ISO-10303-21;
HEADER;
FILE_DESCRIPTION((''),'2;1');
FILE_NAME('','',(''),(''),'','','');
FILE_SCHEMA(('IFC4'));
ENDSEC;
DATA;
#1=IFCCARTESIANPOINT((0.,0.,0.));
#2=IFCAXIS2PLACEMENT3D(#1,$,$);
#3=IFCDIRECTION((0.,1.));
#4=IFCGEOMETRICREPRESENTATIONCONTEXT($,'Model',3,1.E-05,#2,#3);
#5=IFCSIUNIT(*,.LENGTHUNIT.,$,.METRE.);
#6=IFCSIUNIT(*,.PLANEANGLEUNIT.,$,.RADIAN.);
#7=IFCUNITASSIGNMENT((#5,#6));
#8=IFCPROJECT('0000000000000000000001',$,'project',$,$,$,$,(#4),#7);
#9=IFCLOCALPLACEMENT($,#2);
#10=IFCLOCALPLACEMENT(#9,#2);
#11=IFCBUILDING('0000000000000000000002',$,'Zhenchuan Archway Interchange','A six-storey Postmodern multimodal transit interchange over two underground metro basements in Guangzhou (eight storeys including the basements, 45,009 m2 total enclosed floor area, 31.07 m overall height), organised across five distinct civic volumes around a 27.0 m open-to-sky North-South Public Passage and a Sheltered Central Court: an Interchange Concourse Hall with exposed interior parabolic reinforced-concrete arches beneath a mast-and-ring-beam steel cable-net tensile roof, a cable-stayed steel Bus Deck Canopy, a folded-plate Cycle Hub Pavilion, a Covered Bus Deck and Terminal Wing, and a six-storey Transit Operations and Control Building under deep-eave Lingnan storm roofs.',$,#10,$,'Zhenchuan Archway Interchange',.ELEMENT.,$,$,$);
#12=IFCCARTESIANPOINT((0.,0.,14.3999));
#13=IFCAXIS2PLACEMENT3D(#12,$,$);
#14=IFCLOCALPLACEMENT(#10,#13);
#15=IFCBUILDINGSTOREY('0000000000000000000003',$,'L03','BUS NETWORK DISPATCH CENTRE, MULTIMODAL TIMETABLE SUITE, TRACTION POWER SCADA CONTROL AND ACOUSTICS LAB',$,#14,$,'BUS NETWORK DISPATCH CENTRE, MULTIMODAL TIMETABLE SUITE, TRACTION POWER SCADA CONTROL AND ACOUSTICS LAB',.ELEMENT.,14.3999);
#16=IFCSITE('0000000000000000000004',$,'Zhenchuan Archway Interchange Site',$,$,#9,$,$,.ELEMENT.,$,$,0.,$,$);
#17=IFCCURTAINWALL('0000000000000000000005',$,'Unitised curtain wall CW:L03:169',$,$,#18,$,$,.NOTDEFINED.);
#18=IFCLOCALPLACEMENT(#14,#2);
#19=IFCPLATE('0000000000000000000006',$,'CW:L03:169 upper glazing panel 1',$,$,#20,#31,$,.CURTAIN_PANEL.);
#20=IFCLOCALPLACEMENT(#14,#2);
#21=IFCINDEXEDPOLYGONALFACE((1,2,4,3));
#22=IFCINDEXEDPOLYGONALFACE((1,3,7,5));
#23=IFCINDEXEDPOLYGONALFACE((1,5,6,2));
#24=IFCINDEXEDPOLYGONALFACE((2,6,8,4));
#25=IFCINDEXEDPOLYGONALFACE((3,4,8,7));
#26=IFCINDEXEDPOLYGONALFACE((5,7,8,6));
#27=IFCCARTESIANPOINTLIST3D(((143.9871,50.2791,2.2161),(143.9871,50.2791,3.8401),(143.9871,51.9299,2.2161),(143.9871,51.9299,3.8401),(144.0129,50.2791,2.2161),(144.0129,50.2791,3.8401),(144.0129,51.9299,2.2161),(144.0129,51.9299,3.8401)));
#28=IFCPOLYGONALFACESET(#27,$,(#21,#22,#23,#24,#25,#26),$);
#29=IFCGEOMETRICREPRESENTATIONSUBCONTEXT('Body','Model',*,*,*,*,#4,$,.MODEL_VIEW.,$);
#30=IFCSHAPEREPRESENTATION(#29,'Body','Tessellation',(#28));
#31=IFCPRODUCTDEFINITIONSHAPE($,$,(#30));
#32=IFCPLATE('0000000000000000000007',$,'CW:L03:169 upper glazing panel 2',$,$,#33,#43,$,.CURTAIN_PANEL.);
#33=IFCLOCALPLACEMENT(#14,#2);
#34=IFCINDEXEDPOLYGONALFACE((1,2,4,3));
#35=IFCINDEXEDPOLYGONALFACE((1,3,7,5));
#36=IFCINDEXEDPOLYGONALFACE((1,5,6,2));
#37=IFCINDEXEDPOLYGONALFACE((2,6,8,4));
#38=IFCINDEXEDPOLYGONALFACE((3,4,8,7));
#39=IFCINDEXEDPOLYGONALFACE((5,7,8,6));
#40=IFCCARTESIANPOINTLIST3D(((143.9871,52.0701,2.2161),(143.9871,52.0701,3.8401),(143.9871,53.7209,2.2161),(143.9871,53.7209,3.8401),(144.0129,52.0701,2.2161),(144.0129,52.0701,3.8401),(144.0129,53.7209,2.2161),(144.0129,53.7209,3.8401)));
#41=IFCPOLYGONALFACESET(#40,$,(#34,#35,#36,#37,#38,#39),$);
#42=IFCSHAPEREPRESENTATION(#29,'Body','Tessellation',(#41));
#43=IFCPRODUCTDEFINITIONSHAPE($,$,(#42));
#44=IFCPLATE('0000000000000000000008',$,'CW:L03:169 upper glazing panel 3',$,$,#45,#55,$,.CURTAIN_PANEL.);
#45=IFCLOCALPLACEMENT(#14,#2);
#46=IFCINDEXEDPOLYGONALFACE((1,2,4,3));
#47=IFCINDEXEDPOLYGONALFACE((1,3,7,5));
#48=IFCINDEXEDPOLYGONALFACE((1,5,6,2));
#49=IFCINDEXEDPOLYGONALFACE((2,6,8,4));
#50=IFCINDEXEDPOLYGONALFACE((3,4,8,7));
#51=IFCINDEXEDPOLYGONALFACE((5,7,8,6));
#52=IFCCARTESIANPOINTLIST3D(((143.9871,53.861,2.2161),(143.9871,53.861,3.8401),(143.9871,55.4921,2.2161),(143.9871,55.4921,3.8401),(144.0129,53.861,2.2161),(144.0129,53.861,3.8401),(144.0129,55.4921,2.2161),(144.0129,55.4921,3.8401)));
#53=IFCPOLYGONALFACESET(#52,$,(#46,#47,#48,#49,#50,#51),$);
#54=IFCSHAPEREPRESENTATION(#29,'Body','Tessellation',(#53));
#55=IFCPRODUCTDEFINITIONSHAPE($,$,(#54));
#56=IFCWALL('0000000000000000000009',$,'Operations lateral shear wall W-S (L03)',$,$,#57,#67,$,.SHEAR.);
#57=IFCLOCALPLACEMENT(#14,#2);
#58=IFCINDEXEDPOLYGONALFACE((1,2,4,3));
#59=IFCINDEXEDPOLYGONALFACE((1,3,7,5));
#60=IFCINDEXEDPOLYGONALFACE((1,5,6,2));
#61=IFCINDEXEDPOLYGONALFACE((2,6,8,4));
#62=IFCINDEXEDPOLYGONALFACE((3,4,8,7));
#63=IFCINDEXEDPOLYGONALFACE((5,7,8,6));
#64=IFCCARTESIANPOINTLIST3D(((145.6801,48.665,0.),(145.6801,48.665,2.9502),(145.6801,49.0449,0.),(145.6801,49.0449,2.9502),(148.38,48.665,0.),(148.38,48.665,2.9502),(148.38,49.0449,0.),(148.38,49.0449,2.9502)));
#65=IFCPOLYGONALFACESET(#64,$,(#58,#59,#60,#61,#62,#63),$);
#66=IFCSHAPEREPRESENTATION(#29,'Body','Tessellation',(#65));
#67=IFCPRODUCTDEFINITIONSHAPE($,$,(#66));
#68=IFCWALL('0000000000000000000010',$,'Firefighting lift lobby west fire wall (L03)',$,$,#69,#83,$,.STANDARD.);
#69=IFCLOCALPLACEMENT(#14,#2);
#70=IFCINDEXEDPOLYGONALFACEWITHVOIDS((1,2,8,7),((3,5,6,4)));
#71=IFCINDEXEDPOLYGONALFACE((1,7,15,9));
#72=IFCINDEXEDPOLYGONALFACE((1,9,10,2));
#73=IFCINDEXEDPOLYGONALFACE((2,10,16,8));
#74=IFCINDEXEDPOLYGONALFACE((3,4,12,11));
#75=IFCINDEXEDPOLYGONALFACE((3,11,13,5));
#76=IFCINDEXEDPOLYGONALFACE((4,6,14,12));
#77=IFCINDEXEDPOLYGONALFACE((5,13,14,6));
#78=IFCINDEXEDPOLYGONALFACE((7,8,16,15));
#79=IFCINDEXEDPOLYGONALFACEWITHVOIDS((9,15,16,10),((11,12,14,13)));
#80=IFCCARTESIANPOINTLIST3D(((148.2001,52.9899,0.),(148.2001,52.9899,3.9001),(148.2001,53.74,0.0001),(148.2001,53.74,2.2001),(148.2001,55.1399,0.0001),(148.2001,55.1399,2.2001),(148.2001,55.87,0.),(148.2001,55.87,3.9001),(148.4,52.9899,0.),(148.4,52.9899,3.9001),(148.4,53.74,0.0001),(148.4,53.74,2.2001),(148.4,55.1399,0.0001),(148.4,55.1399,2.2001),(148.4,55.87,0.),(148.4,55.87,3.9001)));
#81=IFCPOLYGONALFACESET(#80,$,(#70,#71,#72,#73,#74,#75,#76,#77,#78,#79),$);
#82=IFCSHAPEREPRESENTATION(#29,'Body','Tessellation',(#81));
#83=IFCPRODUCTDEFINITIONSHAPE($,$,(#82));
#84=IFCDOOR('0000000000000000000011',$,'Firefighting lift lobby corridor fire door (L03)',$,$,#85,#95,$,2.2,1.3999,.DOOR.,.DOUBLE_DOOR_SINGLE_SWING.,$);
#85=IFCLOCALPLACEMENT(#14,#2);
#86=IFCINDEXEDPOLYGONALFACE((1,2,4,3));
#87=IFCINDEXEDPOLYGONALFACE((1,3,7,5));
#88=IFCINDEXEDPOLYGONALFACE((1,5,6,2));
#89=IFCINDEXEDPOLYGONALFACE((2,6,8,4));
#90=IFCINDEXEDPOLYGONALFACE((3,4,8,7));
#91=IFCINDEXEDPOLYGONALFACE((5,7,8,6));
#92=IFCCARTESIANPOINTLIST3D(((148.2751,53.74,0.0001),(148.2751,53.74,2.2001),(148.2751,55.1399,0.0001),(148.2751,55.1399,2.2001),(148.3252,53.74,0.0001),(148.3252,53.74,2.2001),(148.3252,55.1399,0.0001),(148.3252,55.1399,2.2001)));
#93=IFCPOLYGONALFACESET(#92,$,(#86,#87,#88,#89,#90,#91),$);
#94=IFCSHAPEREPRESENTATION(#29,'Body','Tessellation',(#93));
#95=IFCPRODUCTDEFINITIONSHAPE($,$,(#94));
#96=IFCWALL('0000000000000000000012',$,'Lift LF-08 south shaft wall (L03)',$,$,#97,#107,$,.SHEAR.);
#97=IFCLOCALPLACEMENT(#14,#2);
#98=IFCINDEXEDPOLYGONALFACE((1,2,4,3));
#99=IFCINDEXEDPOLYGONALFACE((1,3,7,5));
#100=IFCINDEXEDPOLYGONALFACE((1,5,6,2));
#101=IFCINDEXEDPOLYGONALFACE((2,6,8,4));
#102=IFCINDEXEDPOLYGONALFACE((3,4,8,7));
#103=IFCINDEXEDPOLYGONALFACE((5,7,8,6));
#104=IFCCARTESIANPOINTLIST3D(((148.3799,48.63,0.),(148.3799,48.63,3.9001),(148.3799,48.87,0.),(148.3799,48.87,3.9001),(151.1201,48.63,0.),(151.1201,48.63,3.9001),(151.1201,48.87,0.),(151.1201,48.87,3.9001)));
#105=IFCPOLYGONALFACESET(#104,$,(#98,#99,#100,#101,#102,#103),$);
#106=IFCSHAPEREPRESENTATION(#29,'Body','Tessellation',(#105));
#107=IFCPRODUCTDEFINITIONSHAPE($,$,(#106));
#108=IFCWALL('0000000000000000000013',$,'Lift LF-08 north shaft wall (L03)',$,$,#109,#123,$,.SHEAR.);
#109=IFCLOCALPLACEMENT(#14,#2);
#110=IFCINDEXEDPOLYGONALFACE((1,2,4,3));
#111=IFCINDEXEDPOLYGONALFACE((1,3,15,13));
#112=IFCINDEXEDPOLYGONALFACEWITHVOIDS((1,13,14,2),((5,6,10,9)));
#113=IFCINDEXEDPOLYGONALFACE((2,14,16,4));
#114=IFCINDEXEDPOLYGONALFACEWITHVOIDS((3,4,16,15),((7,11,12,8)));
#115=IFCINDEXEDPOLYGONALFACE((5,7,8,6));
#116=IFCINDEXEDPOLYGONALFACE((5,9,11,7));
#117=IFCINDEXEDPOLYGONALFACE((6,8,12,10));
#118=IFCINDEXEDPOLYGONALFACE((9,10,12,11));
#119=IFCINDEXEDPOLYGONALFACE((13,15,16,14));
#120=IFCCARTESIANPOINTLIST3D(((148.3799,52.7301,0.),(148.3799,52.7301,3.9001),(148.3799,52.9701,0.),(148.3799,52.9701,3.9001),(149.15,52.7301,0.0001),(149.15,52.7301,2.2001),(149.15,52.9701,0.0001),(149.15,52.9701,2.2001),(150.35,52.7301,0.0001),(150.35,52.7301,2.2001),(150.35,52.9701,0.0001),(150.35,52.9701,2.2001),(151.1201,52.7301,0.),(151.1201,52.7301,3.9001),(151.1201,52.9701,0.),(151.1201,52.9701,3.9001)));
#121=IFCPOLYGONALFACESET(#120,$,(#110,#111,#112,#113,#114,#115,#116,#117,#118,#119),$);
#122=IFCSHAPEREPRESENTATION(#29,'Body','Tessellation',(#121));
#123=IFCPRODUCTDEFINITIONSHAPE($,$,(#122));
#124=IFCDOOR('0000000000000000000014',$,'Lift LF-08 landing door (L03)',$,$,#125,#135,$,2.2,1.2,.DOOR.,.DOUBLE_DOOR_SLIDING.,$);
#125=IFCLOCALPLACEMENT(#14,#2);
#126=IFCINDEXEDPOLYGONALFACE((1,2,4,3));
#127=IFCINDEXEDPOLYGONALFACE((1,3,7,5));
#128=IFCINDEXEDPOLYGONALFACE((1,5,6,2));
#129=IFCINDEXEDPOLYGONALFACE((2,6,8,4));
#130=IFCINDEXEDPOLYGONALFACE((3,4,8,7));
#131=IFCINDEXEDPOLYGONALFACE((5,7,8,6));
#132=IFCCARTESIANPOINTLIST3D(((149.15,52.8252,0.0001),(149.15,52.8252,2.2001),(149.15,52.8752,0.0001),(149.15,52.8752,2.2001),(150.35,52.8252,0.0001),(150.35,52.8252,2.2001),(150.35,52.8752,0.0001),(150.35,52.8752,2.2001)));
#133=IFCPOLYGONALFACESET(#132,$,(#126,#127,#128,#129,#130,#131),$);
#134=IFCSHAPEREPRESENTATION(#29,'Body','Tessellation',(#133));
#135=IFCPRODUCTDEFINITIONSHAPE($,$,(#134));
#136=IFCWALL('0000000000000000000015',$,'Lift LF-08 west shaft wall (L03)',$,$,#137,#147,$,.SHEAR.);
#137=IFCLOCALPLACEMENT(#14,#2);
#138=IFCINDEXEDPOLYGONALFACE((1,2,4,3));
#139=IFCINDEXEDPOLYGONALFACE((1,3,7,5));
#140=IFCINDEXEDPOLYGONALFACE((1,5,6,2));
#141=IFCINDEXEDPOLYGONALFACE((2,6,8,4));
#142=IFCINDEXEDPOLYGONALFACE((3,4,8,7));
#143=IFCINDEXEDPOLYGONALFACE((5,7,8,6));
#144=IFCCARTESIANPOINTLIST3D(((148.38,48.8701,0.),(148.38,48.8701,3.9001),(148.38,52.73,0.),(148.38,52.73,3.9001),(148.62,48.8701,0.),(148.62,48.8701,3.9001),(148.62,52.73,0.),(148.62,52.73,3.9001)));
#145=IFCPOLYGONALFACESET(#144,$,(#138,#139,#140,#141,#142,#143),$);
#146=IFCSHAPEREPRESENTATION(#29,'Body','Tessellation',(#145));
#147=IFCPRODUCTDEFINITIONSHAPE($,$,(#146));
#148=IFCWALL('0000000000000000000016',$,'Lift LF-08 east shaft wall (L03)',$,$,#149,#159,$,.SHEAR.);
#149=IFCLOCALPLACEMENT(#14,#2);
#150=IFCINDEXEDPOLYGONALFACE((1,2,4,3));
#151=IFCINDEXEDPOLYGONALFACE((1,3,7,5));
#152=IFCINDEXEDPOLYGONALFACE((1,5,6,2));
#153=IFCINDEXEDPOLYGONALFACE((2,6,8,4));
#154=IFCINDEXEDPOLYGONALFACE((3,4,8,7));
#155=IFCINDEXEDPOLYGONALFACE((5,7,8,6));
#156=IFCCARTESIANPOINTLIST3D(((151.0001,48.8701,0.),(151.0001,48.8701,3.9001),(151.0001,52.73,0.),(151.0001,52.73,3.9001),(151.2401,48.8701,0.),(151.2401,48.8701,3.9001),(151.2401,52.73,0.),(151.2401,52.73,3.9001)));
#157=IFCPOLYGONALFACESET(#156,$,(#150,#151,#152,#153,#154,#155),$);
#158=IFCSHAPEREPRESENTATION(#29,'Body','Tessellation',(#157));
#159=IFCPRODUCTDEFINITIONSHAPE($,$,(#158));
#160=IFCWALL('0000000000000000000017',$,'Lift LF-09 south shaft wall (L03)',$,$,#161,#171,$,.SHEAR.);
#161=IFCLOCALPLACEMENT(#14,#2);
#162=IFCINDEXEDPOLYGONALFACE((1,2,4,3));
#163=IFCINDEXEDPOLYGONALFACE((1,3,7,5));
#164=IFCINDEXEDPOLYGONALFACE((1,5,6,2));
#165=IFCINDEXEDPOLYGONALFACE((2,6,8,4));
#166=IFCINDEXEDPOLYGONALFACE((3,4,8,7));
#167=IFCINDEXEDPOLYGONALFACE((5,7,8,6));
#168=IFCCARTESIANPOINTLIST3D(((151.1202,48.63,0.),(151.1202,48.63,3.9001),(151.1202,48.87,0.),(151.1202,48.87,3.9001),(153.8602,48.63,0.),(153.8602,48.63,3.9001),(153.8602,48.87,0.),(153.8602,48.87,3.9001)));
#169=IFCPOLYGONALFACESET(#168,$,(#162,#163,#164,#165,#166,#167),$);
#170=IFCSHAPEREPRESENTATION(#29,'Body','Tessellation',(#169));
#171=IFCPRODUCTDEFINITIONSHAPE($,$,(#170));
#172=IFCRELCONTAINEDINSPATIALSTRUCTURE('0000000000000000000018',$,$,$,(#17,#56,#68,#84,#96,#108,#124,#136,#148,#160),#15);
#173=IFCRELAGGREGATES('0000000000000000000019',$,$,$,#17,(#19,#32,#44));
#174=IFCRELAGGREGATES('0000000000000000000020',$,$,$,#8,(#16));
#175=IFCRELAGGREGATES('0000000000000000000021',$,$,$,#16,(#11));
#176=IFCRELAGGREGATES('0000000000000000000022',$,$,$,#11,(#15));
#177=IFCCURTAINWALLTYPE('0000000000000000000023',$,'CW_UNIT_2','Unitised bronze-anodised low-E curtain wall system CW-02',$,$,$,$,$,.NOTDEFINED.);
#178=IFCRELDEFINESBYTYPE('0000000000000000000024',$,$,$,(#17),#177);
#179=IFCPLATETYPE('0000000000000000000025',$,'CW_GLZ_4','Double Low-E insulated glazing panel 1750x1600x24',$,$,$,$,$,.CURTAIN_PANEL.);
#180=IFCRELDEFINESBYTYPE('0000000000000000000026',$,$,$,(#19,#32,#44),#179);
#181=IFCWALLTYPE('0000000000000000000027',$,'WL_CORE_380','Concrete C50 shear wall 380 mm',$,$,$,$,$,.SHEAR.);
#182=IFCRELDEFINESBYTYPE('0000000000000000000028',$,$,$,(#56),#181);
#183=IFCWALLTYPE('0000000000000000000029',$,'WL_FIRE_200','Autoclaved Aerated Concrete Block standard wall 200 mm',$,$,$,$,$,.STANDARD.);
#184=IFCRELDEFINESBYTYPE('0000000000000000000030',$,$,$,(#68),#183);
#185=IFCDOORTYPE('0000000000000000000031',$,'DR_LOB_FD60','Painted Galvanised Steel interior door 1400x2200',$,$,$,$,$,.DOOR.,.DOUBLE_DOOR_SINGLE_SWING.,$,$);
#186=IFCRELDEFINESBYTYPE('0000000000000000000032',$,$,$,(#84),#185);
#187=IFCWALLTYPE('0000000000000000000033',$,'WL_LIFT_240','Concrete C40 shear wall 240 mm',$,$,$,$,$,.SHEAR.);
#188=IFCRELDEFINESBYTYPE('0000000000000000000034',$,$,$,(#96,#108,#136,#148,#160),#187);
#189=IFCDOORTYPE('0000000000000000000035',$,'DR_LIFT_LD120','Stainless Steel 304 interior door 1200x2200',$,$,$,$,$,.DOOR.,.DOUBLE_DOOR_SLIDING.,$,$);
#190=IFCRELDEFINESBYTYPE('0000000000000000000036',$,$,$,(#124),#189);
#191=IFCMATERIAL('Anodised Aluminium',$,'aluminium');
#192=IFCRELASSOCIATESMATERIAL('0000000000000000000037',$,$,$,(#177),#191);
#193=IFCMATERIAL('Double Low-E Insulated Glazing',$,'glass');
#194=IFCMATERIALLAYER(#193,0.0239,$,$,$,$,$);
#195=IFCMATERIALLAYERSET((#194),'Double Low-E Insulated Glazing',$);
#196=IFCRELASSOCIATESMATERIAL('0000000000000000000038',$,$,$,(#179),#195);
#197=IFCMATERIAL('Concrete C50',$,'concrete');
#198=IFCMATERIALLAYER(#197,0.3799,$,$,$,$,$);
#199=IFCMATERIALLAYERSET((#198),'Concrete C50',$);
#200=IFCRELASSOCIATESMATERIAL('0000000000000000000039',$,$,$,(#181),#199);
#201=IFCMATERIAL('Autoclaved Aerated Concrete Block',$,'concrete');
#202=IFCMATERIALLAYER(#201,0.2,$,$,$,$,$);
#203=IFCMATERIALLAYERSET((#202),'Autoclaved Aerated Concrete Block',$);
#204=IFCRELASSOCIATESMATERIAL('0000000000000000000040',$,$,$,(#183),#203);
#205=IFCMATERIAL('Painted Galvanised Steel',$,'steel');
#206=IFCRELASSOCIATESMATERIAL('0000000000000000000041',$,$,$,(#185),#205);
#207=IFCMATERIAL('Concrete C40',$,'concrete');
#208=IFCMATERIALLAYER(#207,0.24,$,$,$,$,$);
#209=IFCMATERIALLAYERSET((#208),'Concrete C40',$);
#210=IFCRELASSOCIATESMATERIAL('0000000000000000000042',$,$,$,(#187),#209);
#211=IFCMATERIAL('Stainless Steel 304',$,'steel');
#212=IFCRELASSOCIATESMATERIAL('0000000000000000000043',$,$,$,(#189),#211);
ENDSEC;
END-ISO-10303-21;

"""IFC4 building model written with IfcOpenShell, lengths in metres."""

from ifc_helpers import new_model, si_unit, direction, frame, frame_2d, origin, origin_2d, place, context, subcontext, project, spatial, rectangle, extrude, material, layer, layer_set, type_object, element, fill, aggregate, save


model = new_model("IFC4")

# Units and contexts
model_context = context("Model", 3, precision=1e-05, world=origin(), true_north=direction((0.0, 1.0)))
body_context = subcontext(model_context, "Body", "Model", "MODEL_VIEW")
ifc_project = project(units=[si_unit("LENGTHUNIT", "METRE"), si_unit("PLANEANGLEUNIT", "RADIAN")], contexts=[model_context])

# Site, building, storey
site_placement = place(None, origin())
site = spatial("IfcSite", under=ifc_project, at=site_placement, Name="Zhenchuan Archway Interchange Site", CompositionType="ELEMENT", RefElevation=0.0)
building_placement = place(site_placement, origin())
building = spatial("IfcBuilding", under=site, at=building_placement, Name="Zhenchuan Archway Interchange", Description="A six-storey Postmodern multimodal transit interchange over two underground metro basements in Guangzhou (eight storeys including the basements, 45,009 m2 total enclosed floor area, 31.07 m overall height), organised across five distinct civic volumes around a 27.0 m open-to-sky North-South Public Passage and a Sheltered Central Court: an Interchange Concourse Hall with exposed interior parabolic reinforced-concrete arches beneath a mast-and-ring-beam steel cable-net tensile roof, a cable-stayed steel Bus Deck Canopy, a folded-plate Cycle Hub Pavilion, a Covered Bus Deck and Terminal Wing, and a six-storey Transit Operations and Control Building under deep-eave Lingnan storm roofs.", LongName="Zhenchuan Archway Interchange", CompositionType="ELEMENT")
storey_placement = place(building_placement, frame((0.0, 0.0, 14.3999)))
storey = spatial("IfcBuildingStorey", under=building, at=storey_placement, Name="L03", Description="BUS NETWORK DISPATCH CENTRE, MULTIMODAL TIMETABLE SUITE, TRACTION POWER SCADA CONTROL AND ACOUSTICS LAB", LongName="BUS NETWORK DISPATCH CENTRE, MULTIMODAL TIMETABLE SUITE, TRACTION POWER SCADA CONTROL AND ACOUSTICS LAB", CompositionType="ELEMENT", Elevation=14.3999)

# Shared definitions
ifc_material_1 = material(Name="Concrete C40", Category="concrete")

# Curtain wall
ifc_material_2 = material(Name="Anodised Aluminium", Category="aluminium")
curtain_wall_type = type_object("IfcCurtainWallType", Name="CW_UNIT_2", Description="Unitised bronze-anodised low-E curtain wall system CW-02", PredefinedType="NOTDEFINED", material=ifc_material_2)
curtain_wall_placement = place(storey_placement, origin())
curtain_wall = element("IfcCurtainWall", 1, at=curtain_wall_placement, inside=storey, type_object=curtain_wall_type, Name="Unitised curtain wall CW:L03:169", PredefinedType="NOTDEFINED")

# Plates
ifc_material_3 = material(Name="Double Low-E Insulated Glazing", Category="glass")
ifc_layer_1 = layer(ifc_material_3, 0.0239)
ifc_layer_set_1 = layer_set([ifc_layer_1], Name="Double Low-E Insulated Glazing")
plate_type_1 = type_object("IfcPlateType", Name="CW_GLZ_4", Description="Double Low-E insulated glazing panel 1750x1600x24", PredefinedType="CURTAIN_PANEL", material=ifc_layer_set_1)
plate_1_placement = place(storey_placement, frame((144.0, 51.1045, 2.2161), z_axis=(0.0, 0.0, 1.0), x_axis=(0.0, 1.0, 0.0)))
plate_1 = element("IfcPlate", 2, at=plate_1_placement, type_object=plate_type_1, Name="CW:L03:169 upper glazing panel 1", PredefinedType="CURTAIN_PANEL", context=body_context, shape_type="SweptSolid", body=[
    extrude(rectangle(XDim=1.6509, YDim=0.0259, at=origin_2d()), origin(), (0.0, 0.0, 1.0), 1.624),
])
plate_2_placement = place(storey_placement, frame((144.0, 52.8955, 2.2161), z_axis=(0.0, 0.0, 1.0), x_axis=(0.0, 1.0, 0.0)))
plate_2 = element("IfcPlate", 3, at=plate_2_placement, type_object=plate_type_1, Name="CW:L03:169 upper glazing panel 2", PredefinedType="CURTAIN_PANEL", context=body_context, shape_type="SweptSolid", body=[
    extrude(rectangle(XDim=1.6509, YDim=0.0259, at=origin_2d()), origin(), (0.0, 0.0, 1.0), 1.624),
])
plate_3_placement = place(storey_placement, frame((144.0, 54.6765, 2.2161), z_axis=(0.0, 0.0, 1.0), x_axis=(0.0, 1.0, 0.0)))
plate_3 = element("IfcPlate", 4, at=plate_3_placement, type_object=plate_type_1, Name="CW:L03:169 upper glazing panel 3", PredefinedType="CURTAIN_PANEL", context=body_context, shape_type="SweptSolid", body=[
    extrude(rectangle(XDim=1.6311, YDim=0.0259, at=origin_2d()), origin(), (0.0, 0.0, 1.0), 1.624),
])
aggregate(curtain_wall, [plate_1, plate_2, plate_3])

# Wall
ifc_material_4 = material(Name="Concrete C50", Category="concrete")
ifc_layer_2 = layer(ifc_material_4, 0.3799)
ifc_layer_set_2 = layer_set([ifc_layer_2], Name="Concrete C50")
wall_type_1 = type_object("IfcWallType", Name="WL_CORE_380", Description="Concrete C50 shear wall 380 mm", PredefinedType="SHEAR", material=ifc_layer_set_2)
wall_1_placement = place(storey_placement, frame((145.6799, 48.855, 0.0), z_axis=(0.0, 0.0, 1.0), x_axis=(1.0, 0.0, 0.0)))
element("IfcWall", 5, at=wall_1_placement, inside=storey, type_object=wall_type_1, Name="Operations lateral shear wall W-S (L03)", PredefinedType="SHEAR", context=body_context, shape_type="SweptSolid", body=[
    extrude(rectangle(XDim=2.7, YDim=0.3799, at=frame_2d((1.3501, 0.0))), origin(), (0.0, 0.0, 1.0), 2.9502),
])

# Wall, opening, door
ifc_material_5 = material(Name="Autoclaved Aerated Concrete Block", Category="concrete")
ifc_layer_3 = layer(ifc_material_5, 0.2)
ifc_layer_set_3 = layer_set([ifc_layer_3], Name="Autoclaved Aerated Concrete Block")
wall_type_2 = type_object("IfcWallType", Name="WL_FIRE_200", Description="Autoclaved Aerated Concrete Block standard wall 200 mm", PredefinedType="STANDARD", material=ifc_layer_set_3)
wall_2_placement = place(storey_placement, frame((148.3, 52.99, 0.0), z_axis=(0.0, 0.0, 1.0), x_axis=(0.0, 1.0, 0.0)))
wall_2 = element("IfcWall", 6, at=wall_2_placement, inside=storey, type_object=wall_type_2, Name="Firefighting lift lobby west fire wall (L03)", PredefinedType="STANDARD", context=body_context, shape_type="SweptSolid", body=[
    extrude(rectangle(XDim=2.8801, YDim=0.2, at=frame_2d((1.4399, 0.0))), origin(), (0.0, 0.0, 1.0), 3.9001),
])
opening_1_placement = place(wall_2_placement, frame((0.75, 0.0, 0.0)))
opening_1 = element("IfcOpeningElement", 7, at=opening_1_placement, cuts=wall_2, PredefinedType="OPENING", context=body_context, shape_type="SweptSolid", body=[
    extrude(rectangle(XDim=1.3999, YDim=2.2, at=frame_2d((0.7, 1.1001))), frame((0.0, 0.1118, 0.0), z_axis=(0.0, -1.0, 0.0), x_axis=(1.0, 0.0, 0.0)), (0.0, 0.0, 1.0), 0.2239),
])
ifc_material_6 = material(Name="Painted Galvanised Steel", Category="steel")
door_type_1 = type_object("IfcDoorType", Name="DR_LOB_FD60", Description="Painted Galvanised Steel interior door 1400x2200", OperationType="DOUBLE_DOOR_SINGLE_SWING", PredefinedType="DOOR", material=ifc_material_6)
door_1_placement = place(opening_1_placement, origin())
door_1 = element("IfcDoor", 8, at=door_1_placement, inside=storey, type_object=door_type_1, Name="Firefighting lift lobby corridor fire door (L03)", OperationType="DOUBLE_DOOR_SINGLE_SWING", OverallHeight=2.2, OverallWidth=1.3999, PredefinedType="DOOR", context=body_context, shape_type="SweptSolid", body=[
    extrude(rectangle(XDim=1.3999, YDim=2.2, at=frame_2d((0.7, 1.1001))), frame((0.0, 0.0249, 0.0), z_axis=(0.0, -1.0, 0.0), x_axis=(1.0, 0.0, 0.0)), (0.0, 0.0, 1.0), 0.05),
])
fill(opening_1, door_1)

# Wall
ifc_layer_4 = layer(ifc_material_1, 0.24)
ifc_layer_set_4 = layer_set([ifc_layer_4], Name="Concrete C40")
wall_type_3 = type_object("IfcWallType", Name="WL_LIFT_240", Description="Concrete C40 shear wall 240 mm", PredefinedType="SHEAR", material=ifc_layer_set_4)
wall_3_placement = place(storey_placement, frame((148.3799, 48.75, 0.0), z_axis=(0.0, 0.0, 1.0), x_axis=(1.0, 0.0, 0.0)))
element("IfcWall", 9, at=wall_3_placement, inside=storey, type_object=wall_type_3, Name="Lift LF-08 south shaft wall (L03)", PredefinedType="SHEAR", context=body_context, shape_type="SweptSolid", body=[
    extrude(rectangle(XDim=2.7402, YDim=0.24, at=frame_2d((1.3701, 0.0))), origin(), (0.0, 0.0, 1.0), 3.9001),
])

# Wall, opening, door
wall_4_placement = place(storey_placement, frame((151.1201, 52.8501, 0.0), z_axis=(0.0, 0.0, 1.0), x_axis=(-1.0, 0.0, 0.0)))
wall_4 = element("IfcWall", 10, at=wall_4_placement, inside=storey, type_object=wall_type_3, Name="Lift LF-08 north shaft wall (L03)", PredefinedType="SHEAR", context=body_context, shape_type="SweptSolid", body=[
    extrude(rectangle(XDim=2.7402, YDim=0.24, at=frame_2d((1.3701, 0.0))), origin(), (0.0, 0.0, 1.0), 3.9001),
])
opening_2_placement = place(wall_4_placement, frame((0.77, 0.0, 0.0)))
opening_2 = element("IfcOpeningElement", 11, at=opening_2_placement, cuts=wall_4, PredefinedType="OPENING", context=body_context, shape_type="SweptSolid", body=[
    extrude(rectangle(XDim=1.2, YDim=2.2, at=frame_2d((0.6001, 1.1001))), frame((0.0, 0.1318, 0.0), z_axis=(0.0, -1.0, 0.0), x_axis=(1.0, 0.0, 0.0)), (0.0, 0.0, 1.0), 0.2639),
])
ifc_material_7 = material(Name="Stainless Steel 304", Category="steel")
door_type_2 = type_object("IfcDoorType", Name="DR_LIFT_LD120", Description="Stainless Steel 304 interior door 1200x2200", OperationType="DOUBLE_DOOR_SLIDING", PredefinedType="DOOR", material=ifc_material_7)
door_2_placement = place(opening_2_placement, origin())
door_2 = element("IfcDoor", 12, at=door_2_placement, inside=storey, type_object=door_type_2, Name="Lift LF-08 landing door (L03)", OperationType="DOUBLE_DOOR_SLIDING", OverallHeight=2.2, OverallWidth=1.2, PredefinedType="DOOR", context=body_context, shape_type="SweptSolid", body=[
    extrude(rectangle(XDim=1.2, YDim=2.2, at=frame_2d((0.6001, 1.1001))), frame((0.0, 0.0249, 0.0), z_axis=(0.0, -1.0, 0.0), x_axis=(1.0, 0.0, 0.0)), (0.0, 0.0, 1.0), 0.05),
])
fill(opening_2, door_2)

# Walls
for number, where, z_axis, x_axis, name in (
    (13, (148.5, 52.73, 0.0), (0.0, 0.0, 1.0), (0.0, -1.0, 0.0), "Lift LF-08 west shaft wall (L03)"),
    (14, (151.1201, 48.8701, 0.0), (0.0, 0.0, 1.0), (0.0, 1.0, 0.0), "Lift LF-08 east shaft wall (L03)"),
):
    element("IfcWall", number, at=place(storey_placement, frame(where, z_axis=z_axis, x_axis=x_axis)), inside=storey, type_object=wall_type_3, Name=name, PredefinedType="SHEAR", context=body_context, shape_type="SweptSolid", body=[
        extrude(rectangle(XDim=3.8599, YDim=0.24, at=frame_2d((1.9299, 0.0))), origin(), (0.0, 0.0, 1.0), 3.9001),
    ])
wall_5_placement = place(storey_placement, frame((151.1201, 48.75, 0.0), z_axis=(0.0, 0.0, 1.0), x_axis=(1.0, 0.0, 0.0)))
element("IfcWall", 15, at=wall_5_placement, inside=storey, type_object=wall_type_3, Name="Lift LF-09 south shaft wall (L03)", PredefinedType="SHEAR", context=body_context, shape_type="SweptSolid", body=[
    extrude(rectangle(XDim=2.74, YDim=0.24, at=frame_2d((1.3701, 0.0))), origin(), (0.0, 0.0, 1.0), 3.9001),
])

save(model, "model.ifc")
